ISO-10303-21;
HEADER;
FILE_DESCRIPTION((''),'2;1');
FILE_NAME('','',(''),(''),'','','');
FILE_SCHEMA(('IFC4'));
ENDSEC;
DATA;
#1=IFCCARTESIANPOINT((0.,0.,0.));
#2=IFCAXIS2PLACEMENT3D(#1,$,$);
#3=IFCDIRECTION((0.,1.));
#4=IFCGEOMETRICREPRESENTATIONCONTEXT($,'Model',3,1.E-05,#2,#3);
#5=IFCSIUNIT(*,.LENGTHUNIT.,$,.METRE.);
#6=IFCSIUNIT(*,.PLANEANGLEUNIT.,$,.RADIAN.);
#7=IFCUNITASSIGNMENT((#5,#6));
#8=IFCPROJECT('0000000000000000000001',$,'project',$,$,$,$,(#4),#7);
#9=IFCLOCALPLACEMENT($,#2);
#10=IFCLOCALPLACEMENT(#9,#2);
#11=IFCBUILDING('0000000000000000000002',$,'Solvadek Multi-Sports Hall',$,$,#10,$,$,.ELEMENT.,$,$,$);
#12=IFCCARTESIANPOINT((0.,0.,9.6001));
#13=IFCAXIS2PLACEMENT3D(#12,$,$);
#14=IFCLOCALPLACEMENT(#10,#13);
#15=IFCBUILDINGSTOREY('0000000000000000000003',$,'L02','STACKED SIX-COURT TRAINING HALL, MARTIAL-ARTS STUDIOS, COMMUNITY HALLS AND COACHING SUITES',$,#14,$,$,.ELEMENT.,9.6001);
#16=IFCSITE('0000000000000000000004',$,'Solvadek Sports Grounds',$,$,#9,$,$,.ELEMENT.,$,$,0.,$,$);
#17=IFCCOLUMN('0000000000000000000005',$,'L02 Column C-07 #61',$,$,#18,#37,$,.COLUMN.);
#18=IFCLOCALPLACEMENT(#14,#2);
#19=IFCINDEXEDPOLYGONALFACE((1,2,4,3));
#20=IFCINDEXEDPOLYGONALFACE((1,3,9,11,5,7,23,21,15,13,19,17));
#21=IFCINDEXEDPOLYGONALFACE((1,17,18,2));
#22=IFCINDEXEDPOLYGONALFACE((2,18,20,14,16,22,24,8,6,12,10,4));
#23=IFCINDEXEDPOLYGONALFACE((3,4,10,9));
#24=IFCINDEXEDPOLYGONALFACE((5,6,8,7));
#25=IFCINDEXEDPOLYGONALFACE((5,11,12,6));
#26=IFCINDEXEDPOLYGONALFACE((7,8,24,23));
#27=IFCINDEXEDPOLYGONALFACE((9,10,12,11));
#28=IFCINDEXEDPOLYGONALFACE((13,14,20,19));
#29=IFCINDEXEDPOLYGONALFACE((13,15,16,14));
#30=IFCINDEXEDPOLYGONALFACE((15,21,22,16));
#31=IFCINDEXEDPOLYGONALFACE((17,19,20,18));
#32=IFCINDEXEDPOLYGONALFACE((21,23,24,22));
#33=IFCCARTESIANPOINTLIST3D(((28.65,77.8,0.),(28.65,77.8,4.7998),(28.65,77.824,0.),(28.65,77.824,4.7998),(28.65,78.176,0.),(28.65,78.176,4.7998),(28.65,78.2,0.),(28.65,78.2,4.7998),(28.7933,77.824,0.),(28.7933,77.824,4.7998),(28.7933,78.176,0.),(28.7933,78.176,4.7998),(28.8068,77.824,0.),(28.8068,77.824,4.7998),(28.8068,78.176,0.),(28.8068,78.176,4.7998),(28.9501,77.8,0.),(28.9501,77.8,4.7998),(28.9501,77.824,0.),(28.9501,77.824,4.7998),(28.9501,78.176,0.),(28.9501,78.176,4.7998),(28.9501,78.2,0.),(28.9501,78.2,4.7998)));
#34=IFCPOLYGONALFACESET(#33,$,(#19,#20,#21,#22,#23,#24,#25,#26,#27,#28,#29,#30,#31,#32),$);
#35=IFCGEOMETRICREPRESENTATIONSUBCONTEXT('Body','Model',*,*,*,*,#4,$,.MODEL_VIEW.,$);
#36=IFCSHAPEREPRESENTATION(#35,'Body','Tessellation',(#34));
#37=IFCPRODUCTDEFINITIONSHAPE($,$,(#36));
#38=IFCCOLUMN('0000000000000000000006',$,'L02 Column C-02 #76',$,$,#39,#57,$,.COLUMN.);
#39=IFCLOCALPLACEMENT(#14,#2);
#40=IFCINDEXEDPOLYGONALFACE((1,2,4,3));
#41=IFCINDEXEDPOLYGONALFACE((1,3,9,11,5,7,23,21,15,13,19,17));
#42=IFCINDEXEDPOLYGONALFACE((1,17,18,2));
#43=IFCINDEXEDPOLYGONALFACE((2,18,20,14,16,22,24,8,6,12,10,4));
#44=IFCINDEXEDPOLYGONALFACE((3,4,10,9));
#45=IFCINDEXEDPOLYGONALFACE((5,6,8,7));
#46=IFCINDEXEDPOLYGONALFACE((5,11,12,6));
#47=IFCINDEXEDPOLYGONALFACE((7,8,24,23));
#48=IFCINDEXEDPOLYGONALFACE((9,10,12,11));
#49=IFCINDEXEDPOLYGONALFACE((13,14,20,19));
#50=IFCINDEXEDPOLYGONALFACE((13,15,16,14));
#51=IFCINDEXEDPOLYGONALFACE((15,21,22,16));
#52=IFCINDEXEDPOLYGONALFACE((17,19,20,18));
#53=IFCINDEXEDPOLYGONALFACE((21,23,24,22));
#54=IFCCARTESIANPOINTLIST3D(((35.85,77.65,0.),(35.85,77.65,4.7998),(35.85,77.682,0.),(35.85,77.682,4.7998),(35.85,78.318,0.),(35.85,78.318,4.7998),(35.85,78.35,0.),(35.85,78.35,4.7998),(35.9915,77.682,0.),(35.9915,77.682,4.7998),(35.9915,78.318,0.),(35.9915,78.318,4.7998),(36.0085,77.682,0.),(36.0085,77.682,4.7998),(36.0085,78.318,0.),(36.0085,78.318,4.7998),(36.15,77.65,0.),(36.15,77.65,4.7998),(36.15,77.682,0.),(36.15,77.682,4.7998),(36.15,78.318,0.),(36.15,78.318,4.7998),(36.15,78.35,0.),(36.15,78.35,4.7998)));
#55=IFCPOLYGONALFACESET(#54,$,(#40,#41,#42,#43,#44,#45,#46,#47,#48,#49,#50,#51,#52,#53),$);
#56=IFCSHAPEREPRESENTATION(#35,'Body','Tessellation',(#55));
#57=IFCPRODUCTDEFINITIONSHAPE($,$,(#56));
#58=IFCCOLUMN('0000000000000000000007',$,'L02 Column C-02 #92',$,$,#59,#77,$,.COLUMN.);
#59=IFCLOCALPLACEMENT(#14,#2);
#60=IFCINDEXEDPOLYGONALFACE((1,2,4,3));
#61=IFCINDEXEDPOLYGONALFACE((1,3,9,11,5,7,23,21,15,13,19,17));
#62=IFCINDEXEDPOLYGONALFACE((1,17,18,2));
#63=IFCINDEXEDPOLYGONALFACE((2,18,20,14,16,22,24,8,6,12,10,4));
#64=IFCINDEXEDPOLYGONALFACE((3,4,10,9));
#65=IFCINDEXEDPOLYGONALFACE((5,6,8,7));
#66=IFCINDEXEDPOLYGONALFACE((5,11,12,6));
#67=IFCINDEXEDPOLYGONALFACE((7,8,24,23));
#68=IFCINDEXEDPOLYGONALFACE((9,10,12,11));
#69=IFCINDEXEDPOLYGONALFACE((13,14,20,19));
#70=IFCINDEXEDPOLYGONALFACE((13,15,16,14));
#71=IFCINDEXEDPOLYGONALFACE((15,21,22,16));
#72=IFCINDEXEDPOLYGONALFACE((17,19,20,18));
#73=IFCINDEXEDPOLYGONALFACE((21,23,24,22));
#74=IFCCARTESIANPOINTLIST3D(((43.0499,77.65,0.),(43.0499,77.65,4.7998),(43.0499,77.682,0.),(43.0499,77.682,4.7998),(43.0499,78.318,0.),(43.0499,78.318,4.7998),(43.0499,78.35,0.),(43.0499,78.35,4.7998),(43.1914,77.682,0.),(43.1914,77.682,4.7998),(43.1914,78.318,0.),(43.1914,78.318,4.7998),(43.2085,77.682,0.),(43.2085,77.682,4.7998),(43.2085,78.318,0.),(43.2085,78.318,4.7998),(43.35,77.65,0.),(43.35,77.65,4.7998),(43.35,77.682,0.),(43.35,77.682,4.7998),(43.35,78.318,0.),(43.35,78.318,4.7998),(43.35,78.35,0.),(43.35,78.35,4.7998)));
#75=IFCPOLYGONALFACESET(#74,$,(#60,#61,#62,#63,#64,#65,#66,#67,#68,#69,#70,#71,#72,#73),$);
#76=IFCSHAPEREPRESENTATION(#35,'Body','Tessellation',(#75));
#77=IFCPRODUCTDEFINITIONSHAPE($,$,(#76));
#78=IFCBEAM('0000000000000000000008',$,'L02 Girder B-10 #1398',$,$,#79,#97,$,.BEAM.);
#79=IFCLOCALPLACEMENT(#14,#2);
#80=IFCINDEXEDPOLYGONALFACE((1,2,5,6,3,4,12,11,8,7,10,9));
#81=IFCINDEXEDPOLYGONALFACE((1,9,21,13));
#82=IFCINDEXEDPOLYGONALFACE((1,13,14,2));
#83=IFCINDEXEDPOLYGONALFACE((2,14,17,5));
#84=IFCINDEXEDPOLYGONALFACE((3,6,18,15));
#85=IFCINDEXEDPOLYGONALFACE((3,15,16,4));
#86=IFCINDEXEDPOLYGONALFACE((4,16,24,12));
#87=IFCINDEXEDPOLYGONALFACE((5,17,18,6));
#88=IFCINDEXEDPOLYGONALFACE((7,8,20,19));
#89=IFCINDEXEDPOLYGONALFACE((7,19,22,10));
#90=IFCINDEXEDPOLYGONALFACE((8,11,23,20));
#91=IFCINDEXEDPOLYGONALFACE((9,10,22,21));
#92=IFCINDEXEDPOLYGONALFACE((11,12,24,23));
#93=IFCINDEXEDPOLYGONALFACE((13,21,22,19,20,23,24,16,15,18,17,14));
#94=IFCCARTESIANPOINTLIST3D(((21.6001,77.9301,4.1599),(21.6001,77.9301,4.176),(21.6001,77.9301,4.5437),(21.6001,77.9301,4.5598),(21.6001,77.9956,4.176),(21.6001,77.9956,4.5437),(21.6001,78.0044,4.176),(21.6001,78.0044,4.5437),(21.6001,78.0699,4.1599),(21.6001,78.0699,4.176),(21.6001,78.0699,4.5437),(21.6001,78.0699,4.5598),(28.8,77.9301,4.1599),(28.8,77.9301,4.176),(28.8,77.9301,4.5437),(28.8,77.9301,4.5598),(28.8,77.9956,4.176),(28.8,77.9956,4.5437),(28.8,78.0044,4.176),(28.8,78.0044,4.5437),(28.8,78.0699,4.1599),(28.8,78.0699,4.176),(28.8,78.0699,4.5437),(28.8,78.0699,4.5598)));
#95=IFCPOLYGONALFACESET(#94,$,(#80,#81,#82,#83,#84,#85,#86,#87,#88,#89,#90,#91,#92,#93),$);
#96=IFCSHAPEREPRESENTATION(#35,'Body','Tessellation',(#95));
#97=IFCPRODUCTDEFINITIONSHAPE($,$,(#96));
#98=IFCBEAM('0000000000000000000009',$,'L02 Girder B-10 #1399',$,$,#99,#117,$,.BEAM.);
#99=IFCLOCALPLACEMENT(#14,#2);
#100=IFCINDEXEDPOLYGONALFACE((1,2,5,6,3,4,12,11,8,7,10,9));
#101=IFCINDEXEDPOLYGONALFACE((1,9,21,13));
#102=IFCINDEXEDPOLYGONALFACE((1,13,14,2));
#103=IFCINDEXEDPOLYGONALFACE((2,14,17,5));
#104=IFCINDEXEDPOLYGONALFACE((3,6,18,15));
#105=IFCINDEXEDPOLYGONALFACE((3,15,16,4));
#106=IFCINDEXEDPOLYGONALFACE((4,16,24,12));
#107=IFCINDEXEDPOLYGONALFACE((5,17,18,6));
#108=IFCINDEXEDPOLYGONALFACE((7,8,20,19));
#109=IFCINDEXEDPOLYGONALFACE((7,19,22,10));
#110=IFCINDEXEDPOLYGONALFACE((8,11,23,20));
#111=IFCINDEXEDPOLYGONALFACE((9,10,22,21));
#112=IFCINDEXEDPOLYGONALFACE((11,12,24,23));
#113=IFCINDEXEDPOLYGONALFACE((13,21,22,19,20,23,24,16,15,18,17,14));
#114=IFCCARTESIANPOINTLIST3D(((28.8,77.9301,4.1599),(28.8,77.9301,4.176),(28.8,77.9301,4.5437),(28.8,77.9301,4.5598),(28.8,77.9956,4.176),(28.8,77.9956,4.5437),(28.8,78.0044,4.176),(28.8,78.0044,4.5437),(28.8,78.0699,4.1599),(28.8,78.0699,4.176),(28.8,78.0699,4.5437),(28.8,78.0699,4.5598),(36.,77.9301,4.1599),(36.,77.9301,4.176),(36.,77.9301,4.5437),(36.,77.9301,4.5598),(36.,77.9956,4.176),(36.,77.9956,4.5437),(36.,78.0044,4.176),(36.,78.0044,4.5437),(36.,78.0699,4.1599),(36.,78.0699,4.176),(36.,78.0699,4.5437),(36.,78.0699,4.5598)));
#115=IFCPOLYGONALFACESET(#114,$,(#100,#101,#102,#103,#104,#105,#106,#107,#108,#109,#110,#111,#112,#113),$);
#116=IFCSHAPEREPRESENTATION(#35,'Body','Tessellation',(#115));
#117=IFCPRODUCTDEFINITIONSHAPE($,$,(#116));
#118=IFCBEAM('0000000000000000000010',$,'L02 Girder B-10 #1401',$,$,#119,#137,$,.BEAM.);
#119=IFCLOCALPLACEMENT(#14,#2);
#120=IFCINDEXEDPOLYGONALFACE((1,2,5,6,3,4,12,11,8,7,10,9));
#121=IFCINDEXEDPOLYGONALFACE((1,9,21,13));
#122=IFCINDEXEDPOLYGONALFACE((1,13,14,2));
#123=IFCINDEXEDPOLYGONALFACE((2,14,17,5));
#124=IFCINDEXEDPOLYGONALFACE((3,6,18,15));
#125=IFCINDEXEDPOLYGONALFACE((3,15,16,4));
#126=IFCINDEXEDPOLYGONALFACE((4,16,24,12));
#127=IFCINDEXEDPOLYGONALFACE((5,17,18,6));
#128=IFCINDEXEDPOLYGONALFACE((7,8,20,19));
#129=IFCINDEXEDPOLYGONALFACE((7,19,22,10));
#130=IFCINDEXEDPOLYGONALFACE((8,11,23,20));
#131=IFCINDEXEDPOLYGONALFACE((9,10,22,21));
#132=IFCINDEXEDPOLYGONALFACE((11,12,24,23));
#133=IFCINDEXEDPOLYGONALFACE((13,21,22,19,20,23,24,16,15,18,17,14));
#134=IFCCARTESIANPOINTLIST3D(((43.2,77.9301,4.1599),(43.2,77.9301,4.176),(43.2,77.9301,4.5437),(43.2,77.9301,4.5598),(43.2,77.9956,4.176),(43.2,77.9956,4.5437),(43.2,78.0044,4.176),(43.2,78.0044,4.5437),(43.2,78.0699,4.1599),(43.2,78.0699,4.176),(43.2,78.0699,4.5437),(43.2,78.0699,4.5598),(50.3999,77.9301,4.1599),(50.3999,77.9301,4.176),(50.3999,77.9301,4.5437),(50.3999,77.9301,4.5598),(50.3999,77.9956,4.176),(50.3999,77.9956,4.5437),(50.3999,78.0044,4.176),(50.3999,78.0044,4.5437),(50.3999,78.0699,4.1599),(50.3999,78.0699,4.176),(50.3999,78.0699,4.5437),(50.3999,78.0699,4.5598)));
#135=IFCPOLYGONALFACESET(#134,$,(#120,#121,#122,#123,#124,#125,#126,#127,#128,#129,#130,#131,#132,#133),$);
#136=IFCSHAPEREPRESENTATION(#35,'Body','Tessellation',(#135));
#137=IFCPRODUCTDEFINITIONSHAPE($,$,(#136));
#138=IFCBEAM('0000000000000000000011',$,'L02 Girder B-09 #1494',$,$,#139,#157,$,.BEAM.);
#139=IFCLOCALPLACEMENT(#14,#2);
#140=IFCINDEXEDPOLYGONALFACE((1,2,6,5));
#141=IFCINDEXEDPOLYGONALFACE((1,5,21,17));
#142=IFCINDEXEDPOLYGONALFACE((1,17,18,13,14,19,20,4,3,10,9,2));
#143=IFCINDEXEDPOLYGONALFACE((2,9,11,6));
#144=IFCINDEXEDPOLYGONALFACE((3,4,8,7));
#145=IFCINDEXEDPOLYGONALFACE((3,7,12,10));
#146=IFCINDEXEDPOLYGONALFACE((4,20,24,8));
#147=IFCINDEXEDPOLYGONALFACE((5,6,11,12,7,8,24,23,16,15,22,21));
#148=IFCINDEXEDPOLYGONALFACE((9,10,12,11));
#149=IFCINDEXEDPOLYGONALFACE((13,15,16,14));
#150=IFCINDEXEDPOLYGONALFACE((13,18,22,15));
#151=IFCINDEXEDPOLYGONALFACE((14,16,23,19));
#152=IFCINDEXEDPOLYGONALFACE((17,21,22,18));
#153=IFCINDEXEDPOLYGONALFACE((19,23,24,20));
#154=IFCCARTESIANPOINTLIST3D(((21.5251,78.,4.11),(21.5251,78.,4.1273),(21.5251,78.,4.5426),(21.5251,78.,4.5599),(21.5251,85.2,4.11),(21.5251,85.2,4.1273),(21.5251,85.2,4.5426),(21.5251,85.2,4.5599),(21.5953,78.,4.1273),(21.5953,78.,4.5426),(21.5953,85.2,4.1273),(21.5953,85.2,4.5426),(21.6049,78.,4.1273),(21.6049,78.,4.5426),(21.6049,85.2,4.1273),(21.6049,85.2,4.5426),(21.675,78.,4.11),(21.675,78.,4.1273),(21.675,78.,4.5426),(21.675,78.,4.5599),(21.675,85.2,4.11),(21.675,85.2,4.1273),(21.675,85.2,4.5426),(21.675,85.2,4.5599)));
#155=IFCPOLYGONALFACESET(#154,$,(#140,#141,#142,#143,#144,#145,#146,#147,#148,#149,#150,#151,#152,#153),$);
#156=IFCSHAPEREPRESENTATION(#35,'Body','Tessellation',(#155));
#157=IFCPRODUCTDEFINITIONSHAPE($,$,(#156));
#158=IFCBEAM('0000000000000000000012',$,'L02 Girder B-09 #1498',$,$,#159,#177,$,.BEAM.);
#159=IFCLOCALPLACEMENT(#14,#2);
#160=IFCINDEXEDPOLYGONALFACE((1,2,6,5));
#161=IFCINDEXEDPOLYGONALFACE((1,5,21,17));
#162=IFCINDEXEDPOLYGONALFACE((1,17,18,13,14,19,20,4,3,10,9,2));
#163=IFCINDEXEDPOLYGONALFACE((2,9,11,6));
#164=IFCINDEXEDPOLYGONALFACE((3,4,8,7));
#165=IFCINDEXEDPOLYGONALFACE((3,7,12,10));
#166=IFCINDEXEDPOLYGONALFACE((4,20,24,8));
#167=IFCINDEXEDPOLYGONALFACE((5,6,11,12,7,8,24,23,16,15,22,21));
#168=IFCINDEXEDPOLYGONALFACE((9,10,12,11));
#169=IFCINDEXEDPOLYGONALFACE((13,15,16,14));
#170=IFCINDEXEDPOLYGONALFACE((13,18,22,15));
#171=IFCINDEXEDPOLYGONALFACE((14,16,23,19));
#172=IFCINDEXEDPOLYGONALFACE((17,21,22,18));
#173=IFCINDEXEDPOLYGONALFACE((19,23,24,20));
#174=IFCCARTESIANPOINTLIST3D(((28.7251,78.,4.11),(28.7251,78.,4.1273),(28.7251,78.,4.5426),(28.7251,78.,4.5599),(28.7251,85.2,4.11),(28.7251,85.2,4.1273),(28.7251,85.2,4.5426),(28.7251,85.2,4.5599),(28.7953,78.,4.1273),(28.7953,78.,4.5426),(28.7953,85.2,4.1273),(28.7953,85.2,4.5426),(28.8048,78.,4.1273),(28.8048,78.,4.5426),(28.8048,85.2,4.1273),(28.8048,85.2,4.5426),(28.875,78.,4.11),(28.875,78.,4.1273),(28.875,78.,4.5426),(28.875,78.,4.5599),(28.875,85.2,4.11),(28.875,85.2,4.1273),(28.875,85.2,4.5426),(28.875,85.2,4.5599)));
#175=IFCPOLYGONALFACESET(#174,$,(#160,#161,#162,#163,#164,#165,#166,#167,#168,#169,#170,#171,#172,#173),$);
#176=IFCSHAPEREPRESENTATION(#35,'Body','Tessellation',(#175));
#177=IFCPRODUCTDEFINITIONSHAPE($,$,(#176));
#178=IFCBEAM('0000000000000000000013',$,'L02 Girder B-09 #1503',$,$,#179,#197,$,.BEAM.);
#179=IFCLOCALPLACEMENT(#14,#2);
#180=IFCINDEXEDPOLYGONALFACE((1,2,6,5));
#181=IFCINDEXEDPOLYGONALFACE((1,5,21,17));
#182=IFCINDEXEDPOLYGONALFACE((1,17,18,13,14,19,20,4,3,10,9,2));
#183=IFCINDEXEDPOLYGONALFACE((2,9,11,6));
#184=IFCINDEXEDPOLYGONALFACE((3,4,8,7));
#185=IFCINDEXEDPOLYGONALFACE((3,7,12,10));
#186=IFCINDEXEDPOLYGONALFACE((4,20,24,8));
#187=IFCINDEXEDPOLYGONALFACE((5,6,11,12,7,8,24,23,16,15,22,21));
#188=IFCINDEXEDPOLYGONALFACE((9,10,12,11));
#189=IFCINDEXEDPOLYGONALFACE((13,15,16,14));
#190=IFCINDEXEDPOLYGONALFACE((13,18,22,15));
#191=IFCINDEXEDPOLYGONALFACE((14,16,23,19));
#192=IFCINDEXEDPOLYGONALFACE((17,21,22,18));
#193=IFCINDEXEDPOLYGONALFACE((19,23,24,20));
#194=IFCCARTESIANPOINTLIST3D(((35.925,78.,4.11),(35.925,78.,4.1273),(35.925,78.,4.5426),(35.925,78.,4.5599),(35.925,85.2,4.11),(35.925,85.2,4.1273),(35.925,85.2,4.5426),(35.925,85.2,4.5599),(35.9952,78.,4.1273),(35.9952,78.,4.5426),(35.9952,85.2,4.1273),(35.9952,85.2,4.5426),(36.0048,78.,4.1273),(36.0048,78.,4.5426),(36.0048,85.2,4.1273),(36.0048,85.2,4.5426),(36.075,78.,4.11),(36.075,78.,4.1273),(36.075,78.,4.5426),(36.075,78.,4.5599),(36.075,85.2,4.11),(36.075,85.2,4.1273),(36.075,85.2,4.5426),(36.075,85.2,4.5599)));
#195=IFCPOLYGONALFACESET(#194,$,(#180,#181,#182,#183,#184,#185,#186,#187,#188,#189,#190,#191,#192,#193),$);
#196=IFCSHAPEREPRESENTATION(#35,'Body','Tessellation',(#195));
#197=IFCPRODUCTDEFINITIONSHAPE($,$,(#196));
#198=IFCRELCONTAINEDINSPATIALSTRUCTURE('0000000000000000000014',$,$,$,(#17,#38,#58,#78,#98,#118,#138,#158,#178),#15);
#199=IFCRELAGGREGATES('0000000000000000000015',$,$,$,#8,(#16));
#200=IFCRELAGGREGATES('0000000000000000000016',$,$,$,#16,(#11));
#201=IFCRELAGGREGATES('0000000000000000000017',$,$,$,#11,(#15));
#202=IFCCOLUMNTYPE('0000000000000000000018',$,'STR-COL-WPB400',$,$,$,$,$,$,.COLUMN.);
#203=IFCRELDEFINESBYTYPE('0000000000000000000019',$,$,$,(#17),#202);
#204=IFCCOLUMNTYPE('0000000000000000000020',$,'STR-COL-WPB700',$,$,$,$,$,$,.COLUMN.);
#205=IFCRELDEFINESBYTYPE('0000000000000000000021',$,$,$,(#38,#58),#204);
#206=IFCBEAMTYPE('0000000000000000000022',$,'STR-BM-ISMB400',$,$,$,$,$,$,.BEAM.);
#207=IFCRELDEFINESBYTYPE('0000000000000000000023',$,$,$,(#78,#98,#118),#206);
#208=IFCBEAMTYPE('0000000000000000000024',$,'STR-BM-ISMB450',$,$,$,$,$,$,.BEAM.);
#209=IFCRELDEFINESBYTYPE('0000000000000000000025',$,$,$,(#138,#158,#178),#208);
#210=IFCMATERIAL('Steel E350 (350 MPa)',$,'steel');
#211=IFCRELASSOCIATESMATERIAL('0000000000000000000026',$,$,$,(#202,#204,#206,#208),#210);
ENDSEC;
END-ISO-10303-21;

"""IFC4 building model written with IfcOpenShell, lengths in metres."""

from ifc_helpers import new_model, si_unit, direction, frame, origin, origin_2d, place, context, subcontext, project, spatial, i_section, extrude, material, material_profile, profile_set, type_object, element, save


model = new_model("IFC4")

# Units and contexts
model_context = context("Model", 3, precision=1e-05, world=origin(), true_north=direction((0.0, 1.0)))
body_context = subcontext(model_context, "Body", "Model", "MODEL_VIEW")
ifc_project = project(units=[si_unit("LENGTHUNIT", "METRE"), si_unit("PLANEANGLEUNIT", "RADIAN")], contexts=[model_context])

# Site, building, storey
site_placement = place(None, origin())
site = spatial("IfcSite", under=ifc_project, at=site_placement, Name="Solvadek Sports Grounds", CompositionType="ELEMENT", RefElevation=0.0)
building_placement = place(site_placement, origin())
building = spatial("IfcBuilding", under=site, at=building_placement, Name="Solvadek Multi-Sports Hall", CompositionType="ELEMENT")
storey_placement = place(building_placement, frame((0.0, 0.0, 9.6001)))
storey = spatial("IfcBuildingStorey", under=building, at=storey_placement, Name="L02", Description="STACKED SIX-COURT TRAINING HALL, MARTIAL-ARTS STUDIOS, COMMUNITY HALLS AND COACHING SUITES", CompositionType="ELEMENT", Elevation=9.6001)

# Columns
ifc_material_1 = material(Name="Steel E350 (350 MPa)", Category="steel")
ifc_material_profile_1 = material_profile(ifc_material_1, i_section(OverallWidth=0.3, OverallDepth=0.3999, WebThickness=0.0134, FlangeThickness=0.0239, at=origin_2d()), Name="WPB 400")
ifc_profile_set_1 = profile_set([ifc_material_profile_1], Name="Steel E350 (350 MPa)")
column_type_1 = type_object("IfcColumnType", Name="STR-COL-WPB400", PredefinedType="COLUMN", material=ifc_profile_set_1)
column_placement = place(storey_placement, frame((28.8, 78.0, 0.0), z_axis=(0.0, 0.0, 1.0), x_axis=(1.0, 0.0, 0.0)))
element("IfcColumn", 1, at=column_placement, inside=storey, type_object=column_type_1, Name="L02 Column C-07 #61", PredefinedType="COLUMN", context=body_context, shape_type="SweptSolid", body=[
    extrude(i_section(OverallWidth=0.3, OverallDepth=0.3999, WebThickness=0.0134, FlangeThickness=0.0239, at=origin_2d()), origin(), (0.0, 0.0, 1.0), 4.7998),
])
ifc_material_profile_2 = material_profile(ifc_material_1, i_section(OverallWidth=0.3, OverallDepth=0.7, WebThickness=0.0171, FlangeThickness=0.032, at=origin_2d()), Name="WPB 700")
ifc_profile_set_2 = profile_set([ifc_material_profile_2], Name="Steel E350 (350 MPa)")
column_type_2 = type_object("IfcColumnType", Name="STR-COL-WPB700", PredefinedType="COLUMN", material=ifc_profile_set_2)
for number, where, z_axis, x_axis, name in (
    (2, (36.0, 78.0, 0.0), (0.0, 0.0, 1.0), (1.0, 0.0, 0.0), "L02 Column C-02 #76"),
    (3, (43.2, 78.0, 0.0), (0.0, 0.0, 1.0), (1.0, 0.0, 0.0), "L02 Column C-02 #92"),
):
    element("IfcColumn", number, at=place(storey_placement, frame(where, z_axis=z_axis, x_axis=x_axis)), inside=storey, type_object=column_type_2, Name=name, PredefinedType="COLUMN", context=body_context, shape_type="SweptSolid", body=[
        extrude(i_section(OverallWidth=0.3, OverallDepth=0.7, WebThickness=0.0171, FlangeThickness=0.032, at=origin_2d()), origin(), (0.0, 0.0, 1.0), 4.7998),
    ])

# Beams
ifc_material_profile_3 = material_profile(ifc_material_1, i_section(OverallWidth=0.1399, OverallDepth=0.3999, WebThickness=0.0088, FlangeThickness=0.0161, at=origin_2d()), Name="ISMB 400")
ifc_profile_set_3 = profile_set([ifc_material_profile_3], Name="Steel E350 (350 MPa)")
beam_type_1 = type_object("IfcBeamType", Name="STR-BM-ISMB400", PredefinedType="BEAM", material=ifc_profile_set_3)
for number, where, z_axis, x_axis, name in (
    (4, (21.6001, 78.0, 4.3599), (1.0, 0.0, 0.0), (0.0, 1.0, 0.0), "L02 Girder B-10 #1398"),
    (5, (28.8, 78.0, 4.3599), (1.0, 0.0, 0.0), (0.0, 1.0, 0.0), "L02 Girder B-10 #1399"),
    (6, (43.2, 78.0, 4.3599), (1.0, 0.0, 0.0), (0.0, 1.0, 0.0), "L02 Girder B-10 #1401"),
):
    element("IfcBeam", number, at=place(storey_placement, frame(where, z_axis=z_axis, x_axis=x_axis)), inside=storey, type_object=beam_type_1, Name=name, PredefinedType="BEAM", context=body_context, shape_type="SweptSolid", body=[
        extrude(i_section(OverallWidth=0.1399, OverallDepth=0.3999, WebThickness=0.0088, FlangeThickness=0.0161, at=origin_2d()), origin(), (0.0, 0.0, 1.0), 7.2),
    ])
ifc_material_profile_4 = material_profile(ifc_material_1, i_section(OverallWidth=0.1499, OverallDepth=0.45, WebThickness=0.0095, FlangeThickness=0.0173, at=origin_2d()), Name="ISMB 450")
ifc_profile_set_4 = profile_set([ifc_material_profile_4], Name="Steel E350 (350 MPa)")
beam_type_2 = type_object("IfcBeamType", Name="STR-BM-ISMB450", PredefinedType="BEAM", material=ifc_profile_set_4)
for number, where, z_axis, x_axis, name in (
    (7, (21.6001, 78.0, 4.335), (0.0, 1.0, 0.0), (-1.0, 0.0, 0.0), "L02 Girder B-09 #1494"),
    (8, (28.8, 78.0, 4.335), (0.0, 1.0, 0.0), (-1.0, 0.0, 0.0), "L02 Girder B-09 #1498"),
    (9, (36.0, 78.0, 4.335), (0.0, 1.0, 0.0), (-1.0, 0.0, 0.0), "L02 Girder B-09 #1503"),
):
    element("IfcBeam", number, at=place(storey_placement, frame(where, z_axis=z_axis, x_axis=x_axis)), inside=storey, type_object=beam_type_2, Name=name, PredefinedType="BEAM", context=body_context, shape_type="SweptSolid", body=[
        extrude(i_section(OverallWidth=0.1499, OverallDepth=0.45, WebThickness=0.0095, FlangeThickness=0.0173, at=origin_2d()), origin(), (0.0, 0.0, 1.0), 7.2),
    ])

save(model, "model.ifc")
